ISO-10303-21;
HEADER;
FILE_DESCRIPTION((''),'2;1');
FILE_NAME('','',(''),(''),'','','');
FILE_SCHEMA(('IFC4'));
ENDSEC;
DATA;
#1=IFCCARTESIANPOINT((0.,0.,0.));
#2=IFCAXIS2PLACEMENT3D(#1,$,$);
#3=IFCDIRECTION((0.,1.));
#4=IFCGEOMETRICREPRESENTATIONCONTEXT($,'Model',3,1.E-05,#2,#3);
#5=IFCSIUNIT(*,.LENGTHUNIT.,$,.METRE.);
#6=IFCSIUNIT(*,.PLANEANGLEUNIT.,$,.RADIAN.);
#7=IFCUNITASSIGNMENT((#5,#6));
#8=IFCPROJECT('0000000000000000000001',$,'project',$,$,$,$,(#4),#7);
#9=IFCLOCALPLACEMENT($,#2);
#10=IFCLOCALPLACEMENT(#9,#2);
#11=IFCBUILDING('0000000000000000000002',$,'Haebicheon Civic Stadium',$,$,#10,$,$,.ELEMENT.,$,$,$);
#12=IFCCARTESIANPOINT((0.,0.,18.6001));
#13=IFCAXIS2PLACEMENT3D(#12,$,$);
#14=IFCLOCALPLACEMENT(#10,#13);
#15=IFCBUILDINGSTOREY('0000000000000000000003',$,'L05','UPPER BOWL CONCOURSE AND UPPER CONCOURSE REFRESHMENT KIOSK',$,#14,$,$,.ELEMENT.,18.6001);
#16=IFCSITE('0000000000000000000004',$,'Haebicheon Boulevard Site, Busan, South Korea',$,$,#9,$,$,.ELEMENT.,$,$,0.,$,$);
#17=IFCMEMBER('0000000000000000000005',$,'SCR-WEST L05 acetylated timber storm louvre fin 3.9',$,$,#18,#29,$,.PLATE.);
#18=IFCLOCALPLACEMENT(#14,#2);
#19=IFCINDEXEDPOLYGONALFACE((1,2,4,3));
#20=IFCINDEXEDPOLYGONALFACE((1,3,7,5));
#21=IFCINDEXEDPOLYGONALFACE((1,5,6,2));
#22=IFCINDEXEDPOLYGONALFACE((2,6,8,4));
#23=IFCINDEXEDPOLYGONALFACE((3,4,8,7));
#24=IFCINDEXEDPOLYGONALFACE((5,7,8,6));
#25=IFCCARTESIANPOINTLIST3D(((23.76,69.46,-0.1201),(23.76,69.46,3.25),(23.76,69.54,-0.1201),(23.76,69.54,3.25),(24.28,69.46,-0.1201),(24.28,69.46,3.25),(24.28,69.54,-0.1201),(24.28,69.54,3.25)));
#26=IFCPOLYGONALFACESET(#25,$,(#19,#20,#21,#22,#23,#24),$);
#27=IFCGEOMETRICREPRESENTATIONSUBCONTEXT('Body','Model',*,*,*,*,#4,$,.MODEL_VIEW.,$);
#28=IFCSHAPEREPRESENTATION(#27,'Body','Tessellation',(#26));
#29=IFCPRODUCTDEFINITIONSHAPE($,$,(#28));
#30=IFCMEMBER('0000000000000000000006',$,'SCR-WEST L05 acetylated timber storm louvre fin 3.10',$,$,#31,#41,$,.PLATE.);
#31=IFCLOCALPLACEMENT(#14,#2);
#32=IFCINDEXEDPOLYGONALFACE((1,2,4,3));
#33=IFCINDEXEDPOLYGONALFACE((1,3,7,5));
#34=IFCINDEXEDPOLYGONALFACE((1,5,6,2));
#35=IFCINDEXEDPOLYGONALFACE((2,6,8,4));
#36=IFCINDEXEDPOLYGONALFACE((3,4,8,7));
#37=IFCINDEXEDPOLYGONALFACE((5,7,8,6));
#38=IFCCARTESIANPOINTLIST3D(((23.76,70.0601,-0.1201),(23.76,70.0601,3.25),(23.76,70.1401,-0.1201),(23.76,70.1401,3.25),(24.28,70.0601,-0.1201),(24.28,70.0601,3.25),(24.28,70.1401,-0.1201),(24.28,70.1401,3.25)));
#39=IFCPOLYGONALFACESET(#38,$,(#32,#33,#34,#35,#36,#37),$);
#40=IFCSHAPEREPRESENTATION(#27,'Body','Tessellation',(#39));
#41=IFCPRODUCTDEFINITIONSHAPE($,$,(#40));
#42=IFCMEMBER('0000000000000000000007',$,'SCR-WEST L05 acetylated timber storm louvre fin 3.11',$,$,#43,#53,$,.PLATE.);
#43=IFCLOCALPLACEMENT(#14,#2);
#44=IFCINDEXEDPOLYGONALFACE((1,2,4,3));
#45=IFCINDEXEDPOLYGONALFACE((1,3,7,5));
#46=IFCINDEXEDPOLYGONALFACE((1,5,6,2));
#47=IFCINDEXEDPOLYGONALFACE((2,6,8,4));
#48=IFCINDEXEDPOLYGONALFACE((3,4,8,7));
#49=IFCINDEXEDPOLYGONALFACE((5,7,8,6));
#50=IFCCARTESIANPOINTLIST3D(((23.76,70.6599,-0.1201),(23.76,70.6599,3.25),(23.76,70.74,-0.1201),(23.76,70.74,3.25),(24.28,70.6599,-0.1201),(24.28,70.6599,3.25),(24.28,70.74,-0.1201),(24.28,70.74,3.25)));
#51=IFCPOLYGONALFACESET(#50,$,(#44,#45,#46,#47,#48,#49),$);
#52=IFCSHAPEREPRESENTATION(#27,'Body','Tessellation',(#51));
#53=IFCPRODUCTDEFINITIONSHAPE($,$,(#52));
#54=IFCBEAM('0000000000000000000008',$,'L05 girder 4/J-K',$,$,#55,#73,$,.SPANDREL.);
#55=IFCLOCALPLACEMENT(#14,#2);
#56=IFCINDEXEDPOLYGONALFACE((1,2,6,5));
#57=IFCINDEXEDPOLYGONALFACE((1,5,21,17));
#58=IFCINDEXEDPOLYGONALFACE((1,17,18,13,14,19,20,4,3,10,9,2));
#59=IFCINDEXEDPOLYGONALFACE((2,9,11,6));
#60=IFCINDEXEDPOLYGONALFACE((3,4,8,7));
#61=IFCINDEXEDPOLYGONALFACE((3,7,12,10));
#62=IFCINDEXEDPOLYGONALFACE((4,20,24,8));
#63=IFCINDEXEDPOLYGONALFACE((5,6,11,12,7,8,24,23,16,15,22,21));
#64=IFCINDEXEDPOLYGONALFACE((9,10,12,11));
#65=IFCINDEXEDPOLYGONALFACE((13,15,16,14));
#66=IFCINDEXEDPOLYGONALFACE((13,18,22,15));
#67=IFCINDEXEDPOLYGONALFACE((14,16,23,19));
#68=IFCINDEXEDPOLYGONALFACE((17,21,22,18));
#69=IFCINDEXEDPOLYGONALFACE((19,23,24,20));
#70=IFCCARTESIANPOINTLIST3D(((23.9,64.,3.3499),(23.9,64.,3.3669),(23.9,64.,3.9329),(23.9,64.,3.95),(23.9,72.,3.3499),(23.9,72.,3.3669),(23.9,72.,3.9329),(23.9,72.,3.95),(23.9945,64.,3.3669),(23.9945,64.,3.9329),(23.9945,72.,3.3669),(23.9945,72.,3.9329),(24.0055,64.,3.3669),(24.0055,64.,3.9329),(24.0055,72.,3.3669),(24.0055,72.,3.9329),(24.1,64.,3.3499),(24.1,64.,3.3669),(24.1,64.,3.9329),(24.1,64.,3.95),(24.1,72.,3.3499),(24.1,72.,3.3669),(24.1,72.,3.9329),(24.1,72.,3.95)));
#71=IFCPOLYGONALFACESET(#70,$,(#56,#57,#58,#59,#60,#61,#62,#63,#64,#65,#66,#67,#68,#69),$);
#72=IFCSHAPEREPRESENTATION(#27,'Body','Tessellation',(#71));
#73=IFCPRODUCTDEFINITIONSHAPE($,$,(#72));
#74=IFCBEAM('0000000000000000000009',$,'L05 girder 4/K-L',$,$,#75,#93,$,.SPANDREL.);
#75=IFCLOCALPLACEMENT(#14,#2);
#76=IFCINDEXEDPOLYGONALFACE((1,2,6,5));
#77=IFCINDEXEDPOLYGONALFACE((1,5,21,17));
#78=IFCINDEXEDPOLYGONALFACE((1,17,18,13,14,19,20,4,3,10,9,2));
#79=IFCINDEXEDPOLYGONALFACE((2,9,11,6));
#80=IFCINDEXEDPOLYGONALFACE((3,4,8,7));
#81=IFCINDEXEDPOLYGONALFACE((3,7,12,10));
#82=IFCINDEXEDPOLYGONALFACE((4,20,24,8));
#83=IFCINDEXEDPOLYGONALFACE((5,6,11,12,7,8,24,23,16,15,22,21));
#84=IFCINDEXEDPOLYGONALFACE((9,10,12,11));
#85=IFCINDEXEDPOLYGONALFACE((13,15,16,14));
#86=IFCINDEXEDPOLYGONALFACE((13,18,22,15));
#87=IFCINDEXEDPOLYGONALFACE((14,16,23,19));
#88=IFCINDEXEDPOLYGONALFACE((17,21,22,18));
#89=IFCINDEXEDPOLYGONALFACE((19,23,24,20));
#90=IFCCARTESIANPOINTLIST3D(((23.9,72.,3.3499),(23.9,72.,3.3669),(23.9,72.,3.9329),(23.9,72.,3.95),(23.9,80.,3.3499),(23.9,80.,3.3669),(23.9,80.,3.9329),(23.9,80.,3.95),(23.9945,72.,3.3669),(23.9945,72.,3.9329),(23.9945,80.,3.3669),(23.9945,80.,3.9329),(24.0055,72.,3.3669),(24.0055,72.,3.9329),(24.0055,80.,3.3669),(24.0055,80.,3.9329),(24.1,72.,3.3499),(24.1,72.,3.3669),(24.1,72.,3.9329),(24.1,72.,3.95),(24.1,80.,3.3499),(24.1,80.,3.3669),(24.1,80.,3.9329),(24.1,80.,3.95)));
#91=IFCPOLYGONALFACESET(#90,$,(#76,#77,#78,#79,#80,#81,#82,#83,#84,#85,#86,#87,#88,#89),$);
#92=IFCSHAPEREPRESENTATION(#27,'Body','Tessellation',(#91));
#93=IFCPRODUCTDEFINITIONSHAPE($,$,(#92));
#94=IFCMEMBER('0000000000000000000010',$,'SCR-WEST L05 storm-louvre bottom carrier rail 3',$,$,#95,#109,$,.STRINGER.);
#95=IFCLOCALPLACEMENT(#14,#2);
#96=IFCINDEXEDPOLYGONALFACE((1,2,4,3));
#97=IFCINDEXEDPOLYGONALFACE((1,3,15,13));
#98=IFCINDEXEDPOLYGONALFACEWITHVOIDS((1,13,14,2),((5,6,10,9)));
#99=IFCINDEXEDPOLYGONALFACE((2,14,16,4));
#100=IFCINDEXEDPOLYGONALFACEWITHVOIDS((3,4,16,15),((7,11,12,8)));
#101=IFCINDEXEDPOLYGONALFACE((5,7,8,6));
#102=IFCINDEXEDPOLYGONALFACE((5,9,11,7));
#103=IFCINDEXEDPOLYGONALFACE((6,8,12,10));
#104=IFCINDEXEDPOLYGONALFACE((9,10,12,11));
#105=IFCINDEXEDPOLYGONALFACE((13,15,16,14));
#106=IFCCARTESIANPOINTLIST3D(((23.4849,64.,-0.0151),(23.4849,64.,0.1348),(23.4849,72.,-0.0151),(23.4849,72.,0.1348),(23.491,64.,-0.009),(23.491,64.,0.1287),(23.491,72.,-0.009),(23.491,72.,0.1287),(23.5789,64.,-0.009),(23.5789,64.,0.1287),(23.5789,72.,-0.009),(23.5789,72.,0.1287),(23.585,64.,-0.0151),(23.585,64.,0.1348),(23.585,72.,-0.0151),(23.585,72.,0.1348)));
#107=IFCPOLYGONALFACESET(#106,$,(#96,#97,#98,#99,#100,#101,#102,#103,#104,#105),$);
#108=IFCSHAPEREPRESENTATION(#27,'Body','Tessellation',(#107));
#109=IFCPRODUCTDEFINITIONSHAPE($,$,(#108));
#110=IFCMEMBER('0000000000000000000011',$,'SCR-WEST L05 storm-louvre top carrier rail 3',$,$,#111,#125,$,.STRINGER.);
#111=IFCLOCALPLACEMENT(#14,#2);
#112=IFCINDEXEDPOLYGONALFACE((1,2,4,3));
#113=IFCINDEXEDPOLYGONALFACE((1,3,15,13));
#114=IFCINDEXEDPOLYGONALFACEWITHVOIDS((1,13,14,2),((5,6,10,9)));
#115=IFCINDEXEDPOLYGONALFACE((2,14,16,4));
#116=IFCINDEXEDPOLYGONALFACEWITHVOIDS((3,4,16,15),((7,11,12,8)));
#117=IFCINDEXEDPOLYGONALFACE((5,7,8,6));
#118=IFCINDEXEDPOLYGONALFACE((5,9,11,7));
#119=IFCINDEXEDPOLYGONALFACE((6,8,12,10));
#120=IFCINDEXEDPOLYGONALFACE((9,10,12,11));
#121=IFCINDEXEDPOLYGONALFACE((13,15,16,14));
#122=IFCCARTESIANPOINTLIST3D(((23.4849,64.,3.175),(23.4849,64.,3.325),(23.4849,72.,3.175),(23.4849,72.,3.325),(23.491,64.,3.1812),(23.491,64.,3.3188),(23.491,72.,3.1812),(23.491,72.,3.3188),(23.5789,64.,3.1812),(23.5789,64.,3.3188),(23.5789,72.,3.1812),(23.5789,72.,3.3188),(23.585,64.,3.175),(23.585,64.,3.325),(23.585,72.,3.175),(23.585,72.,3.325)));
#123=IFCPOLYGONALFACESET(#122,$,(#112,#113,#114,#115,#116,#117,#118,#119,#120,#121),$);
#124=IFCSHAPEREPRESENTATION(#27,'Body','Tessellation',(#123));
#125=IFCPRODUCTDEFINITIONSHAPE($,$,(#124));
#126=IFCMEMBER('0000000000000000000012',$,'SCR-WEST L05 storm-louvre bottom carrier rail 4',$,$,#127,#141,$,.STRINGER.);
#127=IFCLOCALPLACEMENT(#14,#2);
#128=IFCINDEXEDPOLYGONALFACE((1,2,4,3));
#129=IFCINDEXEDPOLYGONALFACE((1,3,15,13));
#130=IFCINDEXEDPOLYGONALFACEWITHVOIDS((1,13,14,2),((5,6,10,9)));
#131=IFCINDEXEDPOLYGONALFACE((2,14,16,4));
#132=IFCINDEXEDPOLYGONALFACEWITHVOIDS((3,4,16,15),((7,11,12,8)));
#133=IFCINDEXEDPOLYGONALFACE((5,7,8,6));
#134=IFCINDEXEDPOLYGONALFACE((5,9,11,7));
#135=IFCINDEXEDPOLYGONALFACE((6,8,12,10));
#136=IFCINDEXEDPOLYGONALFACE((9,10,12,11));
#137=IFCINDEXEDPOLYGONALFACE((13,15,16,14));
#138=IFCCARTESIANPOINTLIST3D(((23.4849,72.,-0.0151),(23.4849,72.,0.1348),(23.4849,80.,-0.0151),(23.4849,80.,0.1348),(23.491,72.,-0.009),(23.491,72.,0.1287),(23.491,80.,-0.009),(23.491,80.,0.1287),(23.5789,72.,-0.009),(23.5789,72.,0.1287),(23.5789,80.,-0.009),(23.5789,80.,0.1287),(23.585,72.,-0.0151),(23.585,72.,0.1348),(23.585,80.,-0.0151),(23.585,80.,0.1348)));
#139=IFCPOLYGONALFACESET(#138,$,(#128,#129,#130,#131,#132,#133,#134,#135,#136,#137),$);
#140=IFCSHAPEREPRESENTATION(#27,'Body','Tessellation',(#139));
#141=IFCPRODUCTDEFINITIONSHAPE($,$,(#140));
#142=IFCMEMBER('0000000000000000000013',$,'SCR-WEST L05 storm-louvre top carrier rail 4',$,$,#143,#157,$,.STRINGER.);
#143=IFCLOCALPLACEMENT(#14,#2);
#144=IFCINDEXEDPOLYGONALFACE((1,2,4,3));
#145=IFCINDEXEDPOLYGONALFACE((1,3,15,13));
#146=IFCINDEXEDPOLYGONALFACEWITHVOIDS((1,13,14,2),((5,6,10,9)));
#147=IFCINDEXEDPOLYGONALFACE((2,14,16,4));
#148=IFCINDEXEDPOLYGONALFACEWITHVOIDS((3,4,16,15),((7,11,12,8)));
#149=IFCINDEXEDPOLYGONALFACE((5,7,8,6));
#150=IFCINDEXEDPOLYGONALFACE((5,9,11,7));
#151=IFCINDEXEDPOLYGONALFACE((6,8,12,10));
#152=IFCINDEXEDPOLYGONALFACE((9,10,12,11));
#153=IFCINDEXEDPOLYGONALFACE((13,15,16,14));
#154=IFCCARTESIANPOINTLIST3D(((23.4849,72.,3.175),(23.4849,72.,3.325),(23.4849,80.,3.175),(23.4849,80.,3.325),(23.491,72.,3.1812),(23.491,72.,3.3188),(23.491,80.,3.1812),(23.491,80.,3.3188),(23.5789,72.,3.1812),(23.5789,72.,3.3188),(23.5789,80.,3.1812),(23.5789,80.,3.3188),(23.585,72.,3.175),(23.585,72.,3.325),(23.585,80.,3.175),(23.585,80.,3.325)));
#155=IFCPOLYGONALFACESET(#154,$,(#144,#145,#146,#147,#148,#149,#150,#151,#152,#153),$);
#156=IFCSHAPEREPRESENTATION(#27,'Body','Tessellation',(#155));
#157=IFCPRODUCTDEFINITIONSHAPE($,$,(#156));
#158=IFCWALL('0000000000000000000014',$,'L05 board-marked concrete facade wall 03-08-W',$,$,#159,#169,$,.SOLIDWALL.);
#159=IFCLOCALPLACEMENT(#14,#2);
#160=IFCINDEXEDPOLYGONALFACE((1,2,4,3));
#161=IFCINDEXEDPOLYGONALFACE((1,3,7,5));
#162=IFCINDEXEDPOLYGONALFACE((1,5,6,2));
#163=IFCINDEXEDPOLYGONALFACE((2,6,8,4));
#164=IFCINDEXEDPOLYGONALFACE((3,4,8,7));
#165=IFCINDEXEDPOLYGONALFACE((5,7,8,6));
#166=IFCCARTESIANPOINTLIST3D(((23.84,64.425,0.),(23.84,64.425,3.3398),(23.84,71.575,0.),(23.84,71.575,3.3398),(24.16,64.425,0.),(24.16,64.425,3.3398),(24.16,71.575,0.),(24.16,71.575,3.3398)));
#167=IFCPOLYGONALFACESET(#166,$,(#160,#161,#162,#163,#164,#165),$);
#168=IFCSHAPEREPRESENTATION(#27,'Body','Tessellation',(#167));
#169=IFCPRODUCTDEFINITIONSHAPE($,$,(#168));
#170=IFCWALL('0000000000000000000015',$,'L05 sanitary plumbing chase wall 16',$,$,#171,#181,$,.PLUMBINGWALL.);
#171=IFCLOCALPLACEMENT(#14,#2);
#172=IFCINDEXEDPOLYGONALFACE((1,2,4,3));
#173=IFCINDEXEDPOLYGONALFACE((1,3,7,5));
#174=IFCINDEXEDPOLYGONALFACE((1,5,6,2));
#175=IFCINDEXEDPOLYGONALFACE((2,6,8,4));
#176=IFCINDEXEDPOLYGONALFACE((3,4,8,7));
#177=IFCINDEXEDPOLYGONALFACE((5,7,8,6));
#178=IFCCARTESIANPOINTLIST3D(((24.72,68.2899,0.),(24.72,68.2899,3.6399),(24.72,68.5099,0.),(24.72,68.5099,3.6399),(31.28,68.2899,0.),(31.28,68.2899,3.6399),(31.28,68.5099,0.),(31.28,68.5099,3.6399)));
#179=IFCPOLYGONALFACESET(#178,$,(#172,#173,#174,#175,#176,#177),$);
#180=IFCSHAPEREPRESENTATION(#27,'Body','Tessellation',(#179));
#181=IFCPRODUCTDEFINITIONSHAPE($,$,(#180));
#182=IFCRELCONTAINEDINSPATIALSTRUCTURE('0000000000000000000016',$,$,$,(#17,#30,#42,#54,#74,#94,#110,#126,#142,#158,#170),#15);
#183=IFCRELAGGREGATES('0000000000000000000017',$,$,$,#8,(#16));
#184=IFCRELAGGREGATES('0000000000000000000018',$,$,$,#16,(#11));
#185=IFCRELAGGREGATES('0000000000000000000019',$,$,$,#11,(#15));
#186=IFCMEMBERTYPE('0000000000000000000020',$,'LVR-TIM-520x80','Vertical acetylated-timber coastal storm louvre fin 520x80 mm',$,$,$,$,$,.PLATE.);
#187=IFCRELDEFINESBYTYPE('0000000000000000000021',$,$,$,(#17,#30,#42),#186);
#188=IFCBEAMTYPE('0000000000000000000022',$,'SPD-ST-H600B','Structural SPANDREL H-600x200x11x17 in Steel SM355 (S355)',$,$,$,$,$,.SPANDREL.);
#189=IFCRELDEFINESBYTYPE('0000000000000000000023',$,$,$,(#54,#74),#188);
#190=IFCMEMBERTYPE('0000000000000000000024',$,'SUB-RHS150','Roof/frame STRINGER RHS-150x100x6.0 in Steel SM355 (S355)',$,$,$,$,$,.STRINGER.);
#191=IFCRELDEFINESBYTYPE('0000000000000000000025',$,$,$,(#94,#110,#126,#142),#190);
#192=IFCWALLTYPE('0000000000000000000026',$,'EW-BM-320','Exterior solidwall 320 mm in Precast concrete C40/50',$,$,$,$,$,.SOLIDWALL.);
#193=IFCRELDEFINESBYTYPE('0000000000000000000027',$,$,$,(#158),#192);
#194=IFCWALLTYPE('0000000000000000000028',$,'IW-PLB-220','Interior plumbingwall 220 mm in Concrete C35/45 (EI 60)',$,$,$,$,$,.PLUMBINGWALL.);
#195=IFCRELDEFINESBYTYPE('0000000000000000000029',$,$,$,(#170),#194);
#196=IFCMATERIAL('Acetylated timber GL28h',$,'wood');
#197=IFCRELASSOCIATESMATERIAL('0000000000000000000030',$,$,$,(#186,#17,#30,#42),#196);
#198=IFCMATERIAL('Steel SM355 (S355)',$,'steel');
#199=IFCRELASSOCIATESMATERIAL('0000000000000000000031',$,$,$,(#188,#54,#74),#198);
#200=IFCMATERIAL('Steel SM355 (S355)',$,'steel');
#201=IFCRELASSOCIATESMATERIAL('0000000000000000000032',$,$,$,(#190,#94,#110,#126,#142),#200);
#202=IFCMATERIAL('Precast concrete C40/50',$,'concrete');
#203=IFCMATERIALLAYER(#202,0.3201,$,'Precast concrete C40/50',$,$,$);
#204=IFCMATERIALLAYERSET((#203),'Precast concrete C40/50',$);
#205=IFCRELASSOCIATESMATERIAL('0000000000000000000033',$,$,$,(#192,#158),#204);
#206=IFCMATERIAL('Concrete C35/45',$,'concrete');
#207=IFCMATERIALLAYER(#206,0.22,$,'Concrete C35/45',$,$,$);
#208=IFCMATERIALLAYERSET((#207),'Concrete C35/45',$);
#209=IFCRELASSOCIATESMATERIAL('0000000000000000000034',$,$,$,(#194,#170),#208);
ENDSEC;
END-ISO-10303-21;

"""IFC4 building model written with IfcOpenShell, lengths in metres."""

from ifc_helpers import new_model, si_unit, direction, frame, frame_2d, origin, origin_2d, place, context, subcontext, project, spatial, rectangle, hollow_rectangle, i_section, extrude, material, layer, layer_set, material_profile, profile_set, type_object, element, save


model = new_model("IFC4")

# Units and contexts
model_context = context("Model", 3, precision=1e-05, world=origin(), true_north=direction((0.0, 1.0)))
body_context = subcontext(model_context, "Body", "Model", "MODEL_VIEW")
ifc_project = project(units=[si_unit("LENGTHUNIT", "METRE"), si_unit("PLANEANGLEUNIT", "RADIAN")], contexts=[model_context])

# Site, building, storey
site_placement = place(None, origin())
site = spatial("IfcSite", under=ifc_project, at=site_placement, Name="Haebicheon Boulevard Site, Busan, South Korea", CompositionType="ELEMENT", RefElevation=0.0)
building_placement = place(site_placement, origin())
building = spatial("IfcBuilding", under=site, at=building_placement, Name="Haebicheon Civic Stadium", CompositionType="ELEMENT")
storey_placement = place(building_placement, frame((0.0, 0.0, 18.6001)))
storey = spatial("IfcBuildingStorey", under=building, at=storey_placement, Name="L05", Description="UPPER BOWL CONCOURSE AND UPPER CONCOURSE REFRESHMENT KIOSK", CompositionType="ELEMENT", Elevation=18.6001)

# Members
ifc_material_1 = material(Name="Acetylated timber GL28h", Category="wood")
ifc_material_profile_1 = material_profile(ifc_material_1, rectangle(XDim=0.0801, YDim=0.52, at=origin_2d()), Name="TMB-LOUV-80x520")
ifc_profile_set_1 = profile_set([ifc_material_profile_1], Name="Acetylated timber GL28h")
member_type_1 = type_object("IfcMemberType", Name="LVR-TIM-520x80", Description="Vertical acetylated-timber coastal storm louvre fin 520x80 mm", PredefinedType="PLATE", material=ifc_profile_set_1)
for number, where, z_axis, x_axis, name in (
    (1, (24.02, 69.5, -0.1201), (0.0, 0.0, 1.0), (0.0, 1.0, 0.0), "SCR-WEST L05 acetylated timber storm louvre fin 3.9"),
    (2, (24.02, 70.1001, -0.1201), (0.0, 0.0, 1.0), (0.0, 1.0, 0.0), "SCR-WEST L05 acetylated timber storm louvre fin 3.10"),
    (3, (24.02, 70.7, -0.1201), (0.0, 0.0, 1.0), (0.0, 1.0, 0.0), "SCR-WEST L05 acetylated timber storm louvre fin 3.11"),
):
    element("IfcMember", number, at=place(storey_placement, frame(where, z_axis=z_axis, x_axis=x_axis)), inside=storey, type_object=member_type_1, material=ifc_profile_set_1, Name=name, PredefinedType="PLATE", context=body_context, shape_type="SweptSolid", body=[
        extrude(rectangle(XDim=0.0801, YDim=0.52, at=origin_2d()), origin(), (0.0, 0.0, 1.0), 3.3701),
    ])

# Beams
ifc_material_2 = material(Name="Steel SM355 (S355)", Category="steel")
ifc_material_profile_2 = material_profile(ifc_material_2, i_section(OverallWidth=0.2, OverallDepth=0.6001, WebThickness=0.011, FlangeThickness=0.0171, at=origin_2d()), Name="H-600x200x11x17")
ifc_profile_set_2 = profile_set([ifc_material_profile_2], Name="Steel SM355 (S355)")
beam_type_1 = type_object("IfcBeamType", Name="SPD-ST-H600B", Description="Structural SPANDREL H-600x200x11x17 in Steel SM355 (S355)", PredefinedType="SPANDREL", material=ifc_profile_set_2)
for number, where, z_axis, x_axis, name in (
    (4, (24.0, 64.0, 3.6499), (0.0, 1.0, 0.0), (-1.0, 0.0, 0.0), "L05 girder 4/J-K"),
    (5, (24.0, 72.0, 3.6499), (0.0, 1.0, 0.0), (-1.0, 0.0, 0.0), "L05 girder 4/K-L"),
):
    element("IfcBeam", number, at=place(storey_placement, frame(where, z_axis=z_axis, x_axis=x_axis)), inside=storey, type_object=beam_type_1, material=ifc_profile_set_2, Name=name, PredefinedType="SPANDREL", context=body_context, shape_type="SweptSolid", body=[
        extrude(i_section(OverallWidth=0.2, OverallDepth=0.6001, WebThickness=0.011, FlangeThickness=0.0171, at=origin_2d()), origin(), (0.0, 0.0, 1.0), 8.0),
    ])

# Members
ifc_material_3 = material(Name="Steel SM355 (S355)", Category="steel")
ifc_material_profile_3 = material_profile(ifc_material_3, hollow_rectangle(XDim=0.1001, YDim=0.1499, WallThickness=0.0061, at=origin_2d()), Name="RHS-150x100x6.0")
ifc_profile_set_3 = profile_set([ifc_material_profile_3], Name="Steel SM355 (S355)")
member_type_2 = type_object("IfcMemberType", Name="SUB-RHS150", Description="Roof/frame STRINGER RHS-150x100x6.0 in Steel SM355 (S355)", PredefinedType="STRINGER", material=ifc_profile_set_3)
for number, where, z_axis, x_axis, name in (
    (6, (23.5349, 64.0, 0.0598), (0.0, 1.0, 0.0), (-1.0, 0.0, 0.0), "SCR-WEST L05 storm-louvre bottom carrier rail 3"),
    (7, (23.5349, 64.0, 3.25), (0.0, 1.0, 0.0), (-1.0, 0.0, 0.0), "SCR-WEST L05 storm-louvre top carrier rail 3"),
    (8, (23.5349, 72.0, 0.0598), (0.0, 1.0, 0.0), (-1.0, 0.0, 0.0), "SCR-WEST L05 storm-louvre bottom carrier rail 4"),
    (9, (23.5349, 72.0, 3.25), (0.0, 1.0, 0.0), (-1.0, 0.0, 0.0), "SCR-WEST L05 storm-louvre top carrier rail 4"),
):
    element("IfcMember", number, at=place(storey_placement, frame(where, z_axis=z_axis, x_axis=x_axis)), inside=storey, type_object=member_type_2, material=ifc_profile_set_3, Name=name, PredefinedType="STRINGER", context=body_context, shape_type="SweptSolid", body=[
        extrude(hollow_rectangle(XDim=0.1001, YDim=0.1499, WallThickness=0.0061, at=origin_2d()), origin(), (0.0, 0.0, 1.0), 8.0),
    ])

# Walls
ifc_material_4 = material(Name="Precast concrete C40/50", Category="concrete")
ifc_layer_1 = layer(ifc_material_4, 0.3201, Name="Precast concrete C40/50")
ifc_layer_set_1 = layer_set([ifc_layer_1], Name="Precast concrete C40/50")
wall_type_1 = type_object("IfcWallType", Name="EW-BM-320", Description="Exterior solidwall 320 mm in Precast concrete C40/50", PredefinedType="SOLIDWALL", material=ifc_layer_set_1)
wall_1_placement = place(storey_placement, frame((24.0, 64.425, 0.0), z_axis=(0.0, 0.0, 1.0), x_axis=(0.0, 1.0, 0.0)))
element("IfcWall", 10, at=wall_1_placement, inside=storey, type_object=wall_type_1, material=ifc_layer_set_1, Name="L05 board-marked concrete facade wall 03-08-W", PredefinedType="SOLIDWALL", context=body_context, shape_type="SweptSolid", body=[
    extrude(rectangle(XDim=7.1499, YDim=0.3201, at=frame_2d((3.575, 0.0))), origin(), (0.0, 0.0, 1.0), 3.3398),
])
ifc_material_5 = material(Name="Concrete C35/45", Category="concrete")
ifc_layer_2 = layer(ifc_material_5, 0.22, Name="Concrete C35/45")
ifc_layer_set_2 = layer_set([ifc_layer_2], Name="Concrete C35/45")
wall_type_2 = type_object("IfcWallType", Name="IW-PLB-220", Description="Interior plumbingwall 220 mm in Concrete C35/45 (EI 60)", PredefinedType="PLUMBINGWALL", material=ifc_layer_set_2)
wall_2_placement = place(storey_placement, frame((24.72, 68.3999, 0.0), z_axis=(0.0, 0.0, 1.0), x_axis=(1.0, 0.0, 0.0)))
element("IfcWall", 11, at=wall_2_placement, inside=storey, type_object=wall_type_2, material=ifc_layer_set_2, Name="L05 sanitary plumbing chase wall 16", PredefinedType="PLUMBINGWALL", context=body_context, shape_type="SweptSolid", body=[
    extrude(rectangle(XDim=6.5601, YDim=0.22, at=frame_2d((3.28, 0.0))), origin(), (0.0, 0.0, 1.0), 3.6399),
])

save(model, "model.ifc")
